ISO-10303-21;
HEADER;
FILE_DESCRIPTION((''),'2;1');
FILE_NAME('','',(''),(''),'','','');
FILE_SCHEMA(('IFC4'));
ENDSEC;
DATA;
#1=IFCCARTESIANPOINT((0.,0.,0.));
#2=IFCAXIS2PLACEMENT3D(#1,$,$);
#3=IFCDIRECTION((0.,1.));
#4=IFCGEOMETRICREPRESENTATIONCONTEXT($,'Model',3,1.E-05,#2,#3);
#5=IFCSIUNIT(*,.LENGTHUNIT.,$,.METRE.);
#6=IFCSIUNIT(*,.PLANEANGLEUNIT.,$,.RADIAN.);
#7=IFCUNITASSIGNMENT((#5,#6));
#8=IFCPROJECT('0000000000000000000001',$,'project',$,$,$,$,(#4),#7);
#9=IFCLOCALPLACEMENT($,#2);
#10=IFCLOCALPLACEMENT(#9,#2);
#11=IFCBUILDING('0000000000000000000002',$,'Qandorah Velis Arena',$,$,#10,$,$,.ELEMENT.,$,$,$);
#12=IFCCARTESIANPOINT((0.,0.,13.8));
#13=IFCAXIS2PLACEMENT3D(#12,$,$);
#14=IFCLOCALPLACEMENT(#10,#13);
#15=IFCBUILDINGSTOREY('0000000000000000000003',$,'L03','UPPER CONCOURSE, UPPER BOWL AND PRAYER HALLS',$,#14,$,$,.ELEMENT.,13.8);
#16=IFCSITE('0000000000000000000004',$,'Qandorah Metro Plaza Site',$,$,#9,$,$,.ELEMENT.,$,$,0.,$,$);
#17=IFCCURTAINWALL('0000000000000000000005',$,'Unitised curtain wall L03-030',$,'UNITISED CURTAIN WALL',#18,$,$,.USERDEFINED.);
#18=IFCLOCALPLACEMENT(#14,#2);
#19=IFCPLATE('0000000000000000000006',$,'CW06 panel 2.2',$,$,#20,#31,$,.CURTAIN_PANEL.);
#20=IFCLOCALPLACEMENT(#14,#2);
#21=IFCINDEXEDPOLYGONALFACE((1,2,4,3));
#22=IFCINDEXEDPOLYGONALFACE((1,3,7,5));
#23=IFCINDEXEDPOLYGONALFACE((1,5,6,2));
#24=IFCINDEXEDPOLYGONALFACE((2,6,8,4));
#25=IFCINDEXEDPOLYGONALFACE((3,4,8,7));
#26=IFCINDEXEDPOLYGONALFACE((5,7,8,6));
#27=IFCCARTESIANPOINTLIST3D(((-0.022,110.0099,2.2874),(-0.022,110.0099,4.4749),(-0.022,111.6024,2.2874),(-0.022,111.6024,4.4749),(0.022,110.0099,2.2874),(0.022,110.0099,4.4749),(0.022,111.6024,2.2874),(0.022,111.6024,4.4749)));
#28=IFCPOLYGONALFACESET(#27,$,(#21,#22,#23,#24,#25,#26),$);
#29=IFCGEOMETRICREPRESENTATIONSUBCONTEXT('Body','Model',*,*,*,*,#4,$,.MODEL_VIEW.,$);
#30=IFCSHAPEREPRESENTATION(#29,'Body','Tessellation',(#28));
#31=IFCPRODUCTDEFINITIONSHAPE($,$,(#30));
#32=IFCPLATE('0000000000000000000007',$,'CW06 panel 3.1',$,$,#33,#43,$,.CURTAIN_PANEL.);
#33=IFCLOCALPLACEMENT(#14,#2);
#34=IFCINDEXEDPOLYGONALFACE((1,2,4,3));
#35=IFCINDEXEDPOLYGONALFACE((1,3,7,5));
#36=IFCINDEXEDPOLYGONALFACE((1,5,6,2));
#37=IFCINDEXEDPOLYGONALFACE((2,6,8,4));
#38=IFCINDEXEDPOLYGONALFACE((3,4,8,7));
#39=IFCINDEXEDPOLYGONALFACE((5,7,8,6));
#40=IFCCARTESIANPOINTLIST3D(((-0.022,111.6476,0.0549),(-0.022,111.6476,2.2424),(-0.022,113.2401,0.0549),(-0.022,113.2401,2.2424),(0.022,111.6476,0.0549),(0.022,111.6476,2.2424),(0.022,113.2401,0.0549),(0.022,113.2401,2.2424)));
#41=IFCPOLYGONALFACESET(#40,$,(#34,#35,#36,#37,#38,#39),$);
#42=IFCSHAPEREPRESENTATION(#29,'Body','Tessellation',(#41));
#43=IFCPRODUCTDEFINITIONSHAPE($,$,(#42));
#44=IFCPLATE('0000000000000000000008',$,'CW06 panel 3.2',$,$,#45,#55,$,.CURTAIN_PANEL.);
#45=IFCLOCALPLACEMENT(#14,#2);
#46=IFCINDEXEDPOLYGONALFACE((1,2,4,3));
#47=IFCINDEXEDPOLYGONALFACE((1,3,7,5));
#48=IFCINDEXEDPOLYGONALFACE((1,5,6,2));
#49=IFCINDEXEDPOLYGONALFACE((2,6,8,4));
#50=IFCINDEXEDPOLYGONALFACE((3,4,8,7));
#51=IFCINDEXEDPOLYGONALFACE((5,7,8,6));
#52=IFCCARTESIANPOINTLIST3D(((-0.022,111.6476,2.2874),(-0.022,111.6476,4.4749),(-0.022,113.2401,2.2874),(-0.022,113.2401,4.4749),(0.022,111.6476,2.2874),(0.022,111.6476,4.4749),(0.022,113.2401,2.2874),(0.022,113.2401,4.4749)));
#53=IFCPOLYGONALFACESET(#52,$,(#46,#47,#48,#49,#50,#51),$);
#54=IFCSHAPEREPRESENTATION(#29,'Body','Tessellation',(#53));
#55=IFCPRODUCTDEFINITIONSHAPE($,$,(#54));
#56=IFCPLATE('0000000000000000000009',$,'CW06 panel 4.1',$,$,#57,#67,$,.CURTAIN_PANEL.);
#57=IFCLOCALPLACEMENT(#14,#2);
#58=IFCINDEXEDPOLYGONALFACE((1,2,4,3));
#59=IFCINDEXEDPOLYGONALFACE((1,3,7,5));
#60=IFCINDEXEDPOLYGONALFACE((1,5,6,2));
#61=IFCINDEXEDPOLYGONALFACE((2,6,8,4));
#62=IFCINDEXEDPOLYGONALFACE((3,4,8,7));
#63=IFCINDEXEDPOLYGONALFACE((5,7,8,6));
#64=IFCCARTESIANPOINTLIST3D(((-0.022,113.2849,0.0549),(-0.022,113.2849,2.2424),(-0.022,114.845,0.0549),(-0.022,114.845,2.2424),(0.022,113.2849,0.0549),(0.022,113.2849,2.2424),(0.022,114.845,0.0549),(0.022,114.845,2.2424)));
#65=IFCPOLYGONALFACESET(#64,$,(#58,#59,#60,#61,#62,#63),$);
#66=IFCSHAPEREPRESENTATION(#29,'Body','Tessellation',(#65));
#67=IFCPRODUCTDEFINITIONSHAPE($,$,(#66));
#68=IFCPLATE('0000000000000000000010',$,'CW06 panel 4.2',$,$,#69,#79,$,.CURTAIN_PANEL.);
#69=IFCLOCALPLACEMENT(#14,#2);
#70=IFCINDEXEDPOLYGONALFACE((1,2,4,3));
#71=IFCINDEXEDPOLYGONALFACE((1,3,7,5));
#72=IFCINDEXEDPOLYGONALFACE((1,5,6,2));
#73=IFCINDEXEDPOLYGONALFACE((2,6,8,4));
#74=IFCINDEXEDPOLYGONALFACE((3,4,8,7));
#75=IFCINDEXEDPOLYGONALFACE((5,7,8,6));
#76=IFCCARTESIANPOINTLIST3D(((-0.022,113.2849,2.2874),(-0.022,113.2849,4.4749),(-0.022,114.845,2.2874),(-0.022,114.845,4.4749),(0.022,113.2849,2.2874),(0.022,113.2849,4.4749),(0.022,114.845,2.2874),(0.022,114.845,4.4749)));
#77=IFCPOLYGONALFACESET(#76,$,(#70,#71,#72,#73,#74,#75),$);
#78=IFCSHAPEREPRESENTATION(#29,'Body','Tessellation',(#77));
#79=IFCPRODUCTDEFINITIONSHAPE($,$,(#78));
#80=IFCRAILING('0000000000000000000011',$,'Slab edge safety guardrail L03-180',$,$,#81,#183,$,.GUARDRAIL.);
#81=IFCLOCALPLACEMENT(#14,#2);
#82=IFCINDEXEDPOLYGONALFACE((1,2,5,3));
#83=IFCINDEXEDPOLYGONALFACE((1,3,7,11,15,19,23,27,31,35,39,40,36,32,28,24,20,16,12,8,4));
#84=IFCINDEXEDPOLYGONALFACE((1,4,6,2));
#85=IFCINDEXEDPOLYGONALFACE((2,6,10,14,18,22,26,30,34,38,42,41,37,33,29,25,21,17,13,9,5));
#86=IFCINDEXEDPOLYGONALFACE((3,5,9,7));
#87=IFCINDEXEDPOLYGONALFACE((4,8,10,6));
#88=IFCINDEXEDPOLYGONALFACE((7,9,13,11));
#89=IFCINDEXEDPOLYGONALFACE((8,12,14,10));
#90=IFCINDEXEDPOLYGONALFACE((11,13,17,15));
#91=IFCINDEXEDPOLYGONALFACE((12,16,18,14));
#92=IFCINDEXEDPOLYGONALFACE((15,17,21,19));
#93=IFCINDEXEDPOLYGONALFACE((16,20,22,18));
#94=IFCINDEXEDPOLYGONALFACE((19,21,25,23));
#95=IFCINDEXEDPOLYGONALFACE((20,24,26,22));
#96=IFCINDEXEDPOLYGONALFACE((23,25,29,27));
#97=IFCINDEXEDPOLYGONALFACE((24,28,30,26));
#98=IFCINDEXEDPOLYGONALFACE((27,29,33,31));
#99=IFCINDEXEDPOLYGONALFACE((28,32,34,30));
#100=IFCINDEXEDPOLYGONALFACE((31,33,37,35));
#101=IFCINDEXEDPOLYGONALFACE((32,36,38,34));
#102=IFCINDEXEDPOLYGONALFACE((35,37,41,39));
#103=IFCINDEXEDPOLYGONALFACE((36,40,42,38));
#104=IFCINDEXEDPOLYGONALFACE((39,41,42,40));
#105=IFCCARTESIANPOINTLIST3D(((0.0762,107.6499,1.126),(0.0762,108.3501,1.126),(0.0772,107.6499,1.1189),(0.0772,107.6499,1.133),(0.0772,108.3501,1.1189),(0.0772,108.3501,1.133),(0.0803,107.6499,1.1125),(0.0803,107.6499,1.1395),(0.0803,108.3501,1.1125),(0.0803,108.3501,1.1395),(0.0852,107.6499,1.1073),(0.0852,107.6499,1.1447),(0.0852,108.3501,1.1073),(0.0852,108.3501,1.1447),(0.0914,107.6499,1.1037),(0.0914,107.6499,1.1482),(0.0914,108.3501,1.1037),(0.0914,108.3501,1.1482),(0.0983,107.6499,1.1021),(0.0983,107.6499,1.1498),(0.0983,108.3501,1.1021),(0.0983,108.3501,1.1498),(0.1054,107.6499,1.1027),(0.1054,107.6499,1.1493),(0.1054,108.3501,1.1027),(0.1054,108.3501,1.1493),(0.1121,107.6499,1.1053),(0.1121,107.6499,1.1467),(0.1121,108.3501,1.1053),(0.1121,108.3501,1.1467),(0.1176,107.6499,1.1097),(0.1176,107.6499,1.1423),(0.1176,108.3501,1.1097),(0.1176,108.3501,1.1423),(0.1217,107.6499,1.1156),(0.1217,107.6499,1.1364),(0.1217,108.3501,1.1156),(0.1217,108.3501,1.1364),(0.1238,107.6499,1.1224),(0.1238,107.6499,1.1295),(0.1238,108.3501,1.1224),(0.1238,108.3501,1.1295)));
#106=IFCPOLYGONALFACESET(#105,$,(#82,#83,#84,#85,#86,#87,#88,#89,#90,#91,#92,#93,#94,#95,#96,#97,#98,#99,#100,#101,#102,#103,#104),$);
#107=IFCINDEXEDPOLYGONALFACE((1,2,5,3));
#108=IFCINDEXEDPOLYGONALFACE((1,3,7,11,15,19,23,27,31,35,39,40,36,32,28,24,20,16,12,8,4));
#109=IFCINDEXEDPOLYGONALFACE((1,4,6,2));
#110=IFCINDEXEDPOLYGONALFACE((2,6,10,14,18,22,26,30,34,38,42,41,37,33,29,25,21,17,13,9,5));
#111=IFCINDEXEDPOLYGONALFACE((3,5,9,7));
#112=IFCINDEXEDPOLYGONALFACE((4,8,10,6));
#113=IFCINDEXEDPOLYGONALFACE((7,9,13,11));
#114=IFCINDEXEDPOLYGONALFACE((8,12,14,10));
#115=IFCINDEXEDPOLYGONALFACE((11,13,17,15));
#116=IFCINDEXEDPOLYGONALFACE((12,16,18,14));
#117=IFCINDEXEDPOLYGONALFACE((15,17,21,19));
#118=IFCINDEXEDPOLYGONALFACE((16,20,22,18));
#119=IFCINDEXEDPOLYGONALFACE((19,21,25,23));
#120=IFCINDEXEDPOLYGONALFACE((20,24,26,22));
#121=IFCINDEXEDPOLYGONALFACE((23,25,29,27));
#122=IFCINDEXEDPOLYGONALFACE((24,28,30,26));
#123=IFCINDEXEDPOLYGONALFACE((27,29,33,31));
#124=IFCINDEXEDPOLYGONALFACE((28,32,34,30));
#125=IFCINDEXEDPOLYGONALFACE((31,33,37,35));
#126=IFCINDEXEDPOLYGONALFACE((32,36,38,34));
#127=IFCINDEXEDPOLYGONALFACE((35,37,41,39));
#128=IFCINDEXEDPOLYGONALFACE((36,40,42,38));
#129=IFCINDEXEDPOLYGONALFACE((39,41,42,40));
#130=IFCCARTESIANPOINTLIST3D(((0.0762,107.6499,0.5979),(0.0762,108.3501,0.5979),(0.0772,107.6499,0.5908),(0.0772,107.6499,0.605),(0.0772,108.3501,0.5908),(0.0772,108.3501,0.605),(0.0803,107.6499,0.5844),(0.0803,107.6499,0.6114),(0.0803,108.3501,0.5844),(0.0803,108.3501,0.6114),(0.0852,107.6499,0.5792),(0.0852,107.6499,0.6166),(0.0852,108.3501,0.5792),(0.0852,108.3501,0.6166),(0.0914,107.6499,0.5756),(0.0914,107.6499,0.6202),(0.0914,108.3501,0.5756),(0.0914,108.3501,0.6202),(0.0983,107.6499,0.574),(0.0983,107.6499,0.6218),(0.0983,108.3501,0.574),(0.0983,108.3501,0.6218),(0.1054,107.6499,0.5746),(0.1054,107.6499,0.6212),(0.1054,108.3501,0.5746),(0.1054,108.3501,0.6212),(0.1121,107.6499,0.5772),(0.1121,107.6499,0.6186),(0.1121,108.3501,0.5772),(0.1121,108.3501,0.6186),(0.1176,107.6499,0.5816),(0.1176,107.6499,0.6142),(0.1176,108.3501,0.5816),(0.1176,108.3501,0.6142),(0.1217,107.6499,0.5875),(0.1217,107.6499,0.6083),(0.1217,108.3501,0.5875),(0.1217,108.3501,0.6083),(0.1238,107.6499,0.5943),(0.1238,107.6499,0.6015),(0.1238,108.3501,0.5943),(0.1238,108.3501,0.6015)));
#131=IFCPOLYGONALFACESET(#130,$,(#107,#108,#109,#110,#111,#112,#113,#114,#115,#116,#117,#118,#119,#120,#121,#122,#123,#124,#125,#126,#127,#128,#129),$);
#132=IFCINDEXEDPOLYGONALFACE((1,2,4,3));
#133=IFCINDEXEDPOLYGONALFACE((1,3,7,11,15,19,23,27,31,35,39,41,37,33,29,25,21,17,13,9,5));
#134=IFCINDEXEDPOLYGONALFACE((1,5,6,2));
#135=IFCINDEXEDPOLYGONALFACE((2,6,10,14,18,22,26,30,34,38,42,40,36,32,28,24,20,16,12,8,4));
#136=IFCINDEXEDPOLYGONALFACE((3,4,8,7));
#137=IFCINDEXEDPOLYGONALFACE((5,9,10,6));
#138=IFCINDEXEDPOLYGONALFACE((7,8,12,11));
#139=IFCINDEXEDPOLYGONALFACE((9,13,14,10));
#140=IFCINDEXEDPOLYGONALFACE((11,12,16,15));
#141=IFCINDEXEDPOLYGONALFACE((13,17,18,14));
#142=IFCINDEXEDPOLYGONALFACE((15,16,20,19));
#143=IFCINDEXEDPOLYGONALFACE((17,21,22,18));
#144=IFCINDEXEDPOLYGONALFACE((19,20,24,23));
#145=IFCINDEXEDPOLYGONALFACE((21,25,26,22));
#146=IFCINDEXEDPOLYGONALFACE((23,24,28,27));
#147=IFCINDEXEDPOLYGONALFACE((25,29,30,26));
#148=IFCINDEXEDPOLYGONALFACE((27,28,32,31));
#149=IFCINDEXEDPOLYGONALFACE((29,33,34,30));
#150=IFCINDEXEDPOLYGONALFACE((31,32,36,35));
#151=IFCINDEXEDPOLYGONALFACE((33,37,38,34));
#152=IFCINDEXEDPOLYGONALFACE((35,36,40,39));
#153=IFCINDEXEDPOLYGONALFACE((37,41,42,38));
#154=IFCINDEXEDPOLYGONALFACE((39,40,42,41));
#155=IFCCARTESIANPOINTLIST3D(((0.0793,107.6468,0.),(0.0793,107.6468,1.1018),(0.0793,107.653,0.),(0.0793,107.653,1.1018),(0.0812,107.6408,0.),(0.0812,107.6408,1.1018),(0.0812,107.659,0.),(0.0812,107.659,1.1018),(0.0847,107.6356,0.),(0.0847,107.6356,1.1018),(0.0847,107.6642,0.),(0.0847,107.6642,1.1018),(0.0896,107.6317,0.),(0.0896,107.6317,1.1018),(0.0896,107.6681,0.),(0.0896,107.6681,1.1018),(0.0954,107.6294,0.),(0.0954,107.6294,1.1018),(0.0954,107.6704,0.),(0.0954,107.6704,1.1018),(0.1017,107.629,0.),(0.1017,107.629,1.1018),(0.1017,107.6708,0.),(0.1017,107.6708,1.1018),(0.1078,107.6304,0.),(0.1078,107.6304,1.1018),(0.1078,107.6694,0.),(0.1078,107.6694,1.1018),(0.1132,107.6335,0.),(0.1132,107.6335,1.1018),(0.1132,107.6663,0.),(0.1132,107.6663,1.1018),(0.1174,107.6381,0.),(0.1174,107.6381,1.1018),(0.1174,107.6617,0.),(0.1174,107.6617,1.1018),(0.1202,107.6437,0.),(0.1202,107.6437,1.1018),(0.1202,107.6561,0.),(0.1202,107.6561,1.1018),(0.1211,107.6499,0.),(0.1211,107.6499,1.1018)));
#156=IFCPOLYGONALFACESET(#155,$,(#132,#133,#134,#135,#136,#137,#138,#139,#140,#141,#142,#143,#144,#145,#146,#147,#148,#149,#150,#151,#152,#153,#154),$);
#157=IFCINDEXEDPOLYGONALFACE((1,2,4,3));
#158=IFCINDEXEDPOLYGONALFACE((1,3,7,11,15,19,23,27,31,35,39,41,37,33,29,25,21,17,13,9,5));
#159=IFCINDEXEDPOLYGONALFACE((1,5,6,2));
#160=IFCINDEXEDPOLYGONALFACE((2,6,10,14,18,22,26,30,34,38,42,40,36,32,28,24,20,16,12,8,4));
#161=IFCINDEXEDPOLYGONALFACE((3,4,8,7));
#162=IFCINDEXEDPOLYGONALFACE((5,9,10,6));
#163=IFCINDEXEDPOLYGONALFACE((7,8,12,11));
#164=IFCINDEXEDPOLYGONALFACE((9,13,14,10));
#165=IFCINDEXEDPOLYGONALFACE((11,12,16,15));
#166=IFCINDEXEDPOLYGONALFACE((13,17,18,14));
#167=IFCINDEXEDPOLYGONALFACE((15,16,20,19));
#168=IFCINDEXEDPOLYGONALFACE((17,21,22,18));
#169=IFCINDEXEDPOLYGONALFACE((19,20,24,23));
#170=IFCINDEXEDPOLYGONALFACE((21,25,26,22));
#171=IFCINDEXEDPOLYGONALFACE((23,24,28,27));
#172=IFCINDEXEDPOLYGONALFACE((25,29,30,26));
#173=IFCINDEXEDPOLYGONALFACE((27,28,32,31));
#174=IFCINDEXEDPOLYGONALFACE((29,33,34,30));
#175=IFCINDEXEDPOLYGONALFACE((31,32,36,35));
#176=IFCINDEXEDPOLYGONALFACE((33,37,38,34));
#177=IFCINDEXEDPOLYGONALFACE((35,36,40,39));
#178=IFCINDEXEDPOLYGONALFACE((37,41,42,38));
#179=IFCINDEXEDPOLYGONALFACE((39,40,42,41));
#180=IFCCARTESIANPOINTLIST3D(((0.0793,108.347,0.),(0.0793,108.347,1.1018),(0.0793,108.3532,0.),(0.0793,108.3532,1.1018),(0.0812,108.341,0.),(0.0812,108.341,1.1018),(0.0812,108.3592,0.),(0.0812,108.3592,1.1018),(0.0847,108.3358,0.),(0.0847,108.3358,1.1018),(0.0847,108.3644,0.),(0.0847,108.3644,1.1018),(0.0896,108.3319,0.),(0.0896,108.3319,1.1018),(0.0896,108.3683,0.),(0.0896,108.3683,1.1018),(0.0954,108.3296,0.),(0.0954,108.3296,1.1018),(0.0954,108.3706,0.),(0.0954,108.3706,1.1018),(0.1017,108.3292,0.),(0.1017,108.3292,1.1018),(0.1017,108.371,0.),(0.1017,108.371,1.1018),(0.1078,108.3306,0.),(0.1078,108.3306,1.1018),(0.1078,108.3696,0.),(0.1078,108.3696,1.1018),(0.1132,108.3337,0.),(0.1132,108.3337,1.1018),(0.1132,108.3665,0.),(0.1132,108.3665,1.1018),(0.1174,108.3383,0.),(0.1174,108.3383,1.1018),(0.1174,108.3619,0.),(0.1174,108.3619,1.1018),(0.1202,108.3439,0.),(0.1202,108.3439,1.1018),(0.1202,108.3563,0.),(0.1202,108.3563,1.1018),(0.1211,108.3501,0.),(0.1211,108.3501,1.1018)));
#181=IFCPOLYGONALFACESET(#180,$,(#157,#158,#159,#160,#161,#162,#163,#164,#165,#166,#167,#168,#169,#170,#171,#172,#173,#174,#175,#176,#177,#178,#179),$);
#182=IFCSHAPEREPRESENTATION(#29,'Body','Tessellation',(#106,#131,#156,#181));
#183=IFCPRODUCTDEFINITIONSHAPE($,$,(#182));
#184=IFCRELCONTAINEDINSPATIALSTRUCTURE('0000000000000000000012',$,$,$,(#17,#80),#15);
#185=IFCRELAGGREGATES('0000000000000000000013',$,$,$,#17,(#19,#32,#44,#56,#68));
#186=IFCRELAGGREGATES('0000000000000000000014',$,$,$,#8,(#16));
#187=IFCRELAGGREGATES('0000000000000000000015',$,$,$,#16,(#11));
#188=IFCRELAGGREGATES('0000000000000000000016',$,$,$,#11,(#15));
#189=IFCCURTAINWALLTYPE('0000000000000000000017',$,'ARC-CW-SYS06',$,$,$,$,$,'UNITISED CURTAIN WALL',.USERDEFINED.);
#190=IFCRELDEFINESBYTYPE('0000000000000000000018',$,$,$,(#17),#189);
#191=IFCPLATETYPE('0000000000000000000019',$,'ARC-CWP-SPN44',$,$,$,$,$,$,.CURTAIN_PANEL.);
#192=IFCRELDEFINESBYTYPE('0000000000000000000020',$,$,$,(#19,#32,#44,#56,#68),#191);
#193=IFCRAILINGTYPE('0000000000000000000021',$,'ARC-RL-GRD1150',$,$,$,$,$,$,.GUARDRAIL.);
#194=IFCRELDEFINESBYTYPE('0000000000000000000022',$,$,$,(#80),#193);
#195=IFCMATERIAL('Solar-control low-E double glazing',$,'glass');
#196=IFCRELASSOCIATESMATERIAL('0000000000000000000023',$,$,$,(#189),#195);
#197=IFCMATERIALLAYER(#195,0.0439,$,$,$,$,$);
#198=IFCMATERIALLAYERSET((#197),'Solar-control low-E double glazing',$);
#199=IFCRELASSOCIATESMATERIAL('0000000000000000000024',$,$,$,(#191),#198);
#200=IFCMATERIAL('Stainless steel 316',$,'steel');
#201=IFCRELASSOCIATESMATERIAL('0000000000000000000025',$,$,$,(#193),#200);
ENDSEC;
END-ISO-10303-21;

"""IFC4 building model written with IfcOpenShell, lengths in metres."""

from ifc_helpers import new_model, si_unit, direction, frame, origin, origin_2d, place, context, subcontext, project, spatial, rectangle, circle, extrude, material, layer, layer_set, type_object, element, aggregate, save


model = new_model("IFC4")

# Units and contexts
model_context = context("Model", 3, precision=1e-05, world=origin(), true_north=direction((0.0, 1.0)))
body_context = subcontext(model_context, "Body", "Model", "MODEL_VIEW")
ifc_project = project(units=[si_unit("LENGTHUNIT", "METRE"), si_unit("PLANEANGLEUNIT", "RADIAN")], contexts=[model_context])

# Site, building, storey
site_placement = place(None, origin())
site = spatial("IfcSite", under=ifc_project, at=site_placement, Name="Qandorah Metro Plaza Site", CompositionType="ELEMENT", RefElevation=0.0)
building_placement = place(site_placement, origin())
building = spatial("IfcBuilding", under=site, at=building_placement, Name="Qandorah Velis Arena", CompositionType="ELEMENT")
storey_placement = place(building_placement, frame((0.0, 0.0, 13.8)))
storey = spatial("IfcBuildingStorey", under=building, at=storey_placement, Name="L03", Description="UPPER CONCOURSE, UPPER BOWL AND PRAYER HALLS", CompositionType="ELEMENT", Elevation=13.8)

# Curtain wall
ifc_material_1 = material(Name="Solar-control low-E double glazing", Category="glass")
curtain_wall_type = type_object("IfcCurtainWallType", Name="ARC-CW-SYS06", ElementType="UNITISED CURTAIN WALL", PredefinedType="USERDEFINED", material=ifc_material_1)
curtain_wall_placement = place(storey_placement, origin())
curtain_wall = element("IfcCurtainWall", 1, at=curtain_wall_placement, inside=storey, type_object=curtain_wall_type, Name="Unitised curtain wall L03-030", ObjectType="UNITISED CURTAIN WALL", PredefinedType="USERDEFINED")

# Plates
ifc_layer = layer(ifc_material_1, 0.0439)
ifc_layer_set = layer_set([ifc_layer], Name="Solar-control low-E double glazing")
plate_type = type_object("IfcPlateType", Name="ARC-CWP-SPN44", PredefinedType="CURTAIN_PANEL", material=ifc_layer_set)
plate_1_placement = place(storey_placement, frame((0.0, 110.8062, 2.2874), z_axis=(0.0, 0.0, 1.0), x_axis=(0.0, 1.0, 0.0)))
plate_1 = element("IfcPlate", 2, at=plate_1_placement, type_object=plate_type, Name="CW06 panel 2.2", PredefinedType="CURTAIN_PANEL", context=body_context, shape_type="SweptSolid", body=[
    extrude(rectangle(XDim=1.5925, YDim=0.0439, at=origin_2d()), origin(), (0.0, 0.0, 1.0), 2.1875),
])
plate_2_placement = place(storey_placement, frame((0.0, 112.4438, 0.0549), z_axis=(0.0, 0.0, 1.0), x_axis=(0.0, 1.0, 0.0)))
plate_2 = element("IfcPlate", 3, at=plate_2_placement, type_object=plate_type, Name="CW06 panel 3.1", PredefinedType="CURTAIN_PANEL", context=body_context, shape_type="SweptSolid", body=[
    extrude(rectangle(XDim=1.5925, YDim=0.0439, at=origin_2d()), origin(), (0.0, 0.0, 1.0), 2.1875),
])
plate_3_placement = place(storey_placement, frame((0.0, 112.4438, 2.2874), z_axis=(0.0, 0.0, 1.0), x_axis=(0.0, 1.0, 0.0)))
plate_3 = element("IfcPlate", 4, at=plate_3_placement, type_object=plate_type, Name="CW06 panel 3.2", PredefinedType="CURTAIN_PANEL", context=body_context, shape_type="SweptSolid", body=[
    extrude(rectangle(XDim=1.5925, YDim=0.0439, at=origin_2d()), origin(), (0.0, 0.0, 1.0), 2.1875),
])
plate_4_placement = place(storey_placement, frame((0.0, 114.0649, 0.0549), z_axis=(0.0, 0.0, 1.0), x_axis=(0.0, 1.0, 0.0)))
plate_4 = element("IfcPlate", 5, at=plate_4_placement, type_object=plate_type, Name="CW06 panel 4.1", PredefinedType="CURTAIN_PANEL", context=body_context, shape_type="SweptSolid", body=[
    extrude(rectangle(XDim=1.5601, YDim=0.0439, at=origin_2d()), origin(), (0.0, 0.0, 1.0), 2.1875),
])
plate_5_placement = place(storey_placement, frame((0.0, 114.0649, 2.2874), z_axis=(0.0, 0.0, 1.0), x_axis=(0.0, 1.0, 0.0)))
plate_5 = element("IfcPlate", 6, at=plate_5_placement, type_object=plate_type, Name="CW06 panel 4.2", PredefinedType="CURTAIN_PANEL", context=body_context, shape_type="SweptSolid", body=[
    extrude(rectangle(XDim=1.5601, YDim=0.0439, at=origin_2d()), origin(), (0.0, 0.0, 1.0), 2.1875),
])
aggregate(curtain_wall, [plate_1, plate_2, plate_3, plate_4, plate_5])

# Railing
ifc_material_2 = material(Name="Stainless steel 316", Category="steel")
railing_type = type_object("IfcRailingType", Name="ARC-RL-GRD1150", PredefinedType="GUARDRAIL", material=ifc_material_2)
railing_1_placement = place(storey_placement, frame((0.1001, 107.6499, 0.0)))
element("IfcRailing", 7, at=railing_1_placement, inside=storey, type_object=railing_type, Name="Slab edge safety guardrail L03-180", PredefinedType="GUARDRAIL", context=body_context, shape_type="SweptSolid", body=[
    extrude(circle(Radius=0.0239, at=origin_2d()), frame((0.0, 0.0, 1.126), z_axis=(0.0, 1.0, 0.0), x_axis=(-1.0, 0.0, 0.0)), (0.0, 0.0, 1.0), 0.7002),
    extrude(circle(Radius=0.0239, at=origin_2d()), frame((0.0, 0.0, 0.5979), z_axis=(0.0, 1.0, 0.0), x_axis=(-1.0, 0.0, 0.0)), (0.0, 0.0, 1.0), 0.7002),
    extrude(circle(Radius=0.021, at=origin_2d()), origin(), (0.0, 0.0, 1.0), 1.1018),
    extrude(circle(Radius=0.021, at=origin_2d()), frame((0.0, 0.7002, 0.0)), (0.0, 0.0, 1.0), 1.1018),
])

save(model, "model.ifc")
